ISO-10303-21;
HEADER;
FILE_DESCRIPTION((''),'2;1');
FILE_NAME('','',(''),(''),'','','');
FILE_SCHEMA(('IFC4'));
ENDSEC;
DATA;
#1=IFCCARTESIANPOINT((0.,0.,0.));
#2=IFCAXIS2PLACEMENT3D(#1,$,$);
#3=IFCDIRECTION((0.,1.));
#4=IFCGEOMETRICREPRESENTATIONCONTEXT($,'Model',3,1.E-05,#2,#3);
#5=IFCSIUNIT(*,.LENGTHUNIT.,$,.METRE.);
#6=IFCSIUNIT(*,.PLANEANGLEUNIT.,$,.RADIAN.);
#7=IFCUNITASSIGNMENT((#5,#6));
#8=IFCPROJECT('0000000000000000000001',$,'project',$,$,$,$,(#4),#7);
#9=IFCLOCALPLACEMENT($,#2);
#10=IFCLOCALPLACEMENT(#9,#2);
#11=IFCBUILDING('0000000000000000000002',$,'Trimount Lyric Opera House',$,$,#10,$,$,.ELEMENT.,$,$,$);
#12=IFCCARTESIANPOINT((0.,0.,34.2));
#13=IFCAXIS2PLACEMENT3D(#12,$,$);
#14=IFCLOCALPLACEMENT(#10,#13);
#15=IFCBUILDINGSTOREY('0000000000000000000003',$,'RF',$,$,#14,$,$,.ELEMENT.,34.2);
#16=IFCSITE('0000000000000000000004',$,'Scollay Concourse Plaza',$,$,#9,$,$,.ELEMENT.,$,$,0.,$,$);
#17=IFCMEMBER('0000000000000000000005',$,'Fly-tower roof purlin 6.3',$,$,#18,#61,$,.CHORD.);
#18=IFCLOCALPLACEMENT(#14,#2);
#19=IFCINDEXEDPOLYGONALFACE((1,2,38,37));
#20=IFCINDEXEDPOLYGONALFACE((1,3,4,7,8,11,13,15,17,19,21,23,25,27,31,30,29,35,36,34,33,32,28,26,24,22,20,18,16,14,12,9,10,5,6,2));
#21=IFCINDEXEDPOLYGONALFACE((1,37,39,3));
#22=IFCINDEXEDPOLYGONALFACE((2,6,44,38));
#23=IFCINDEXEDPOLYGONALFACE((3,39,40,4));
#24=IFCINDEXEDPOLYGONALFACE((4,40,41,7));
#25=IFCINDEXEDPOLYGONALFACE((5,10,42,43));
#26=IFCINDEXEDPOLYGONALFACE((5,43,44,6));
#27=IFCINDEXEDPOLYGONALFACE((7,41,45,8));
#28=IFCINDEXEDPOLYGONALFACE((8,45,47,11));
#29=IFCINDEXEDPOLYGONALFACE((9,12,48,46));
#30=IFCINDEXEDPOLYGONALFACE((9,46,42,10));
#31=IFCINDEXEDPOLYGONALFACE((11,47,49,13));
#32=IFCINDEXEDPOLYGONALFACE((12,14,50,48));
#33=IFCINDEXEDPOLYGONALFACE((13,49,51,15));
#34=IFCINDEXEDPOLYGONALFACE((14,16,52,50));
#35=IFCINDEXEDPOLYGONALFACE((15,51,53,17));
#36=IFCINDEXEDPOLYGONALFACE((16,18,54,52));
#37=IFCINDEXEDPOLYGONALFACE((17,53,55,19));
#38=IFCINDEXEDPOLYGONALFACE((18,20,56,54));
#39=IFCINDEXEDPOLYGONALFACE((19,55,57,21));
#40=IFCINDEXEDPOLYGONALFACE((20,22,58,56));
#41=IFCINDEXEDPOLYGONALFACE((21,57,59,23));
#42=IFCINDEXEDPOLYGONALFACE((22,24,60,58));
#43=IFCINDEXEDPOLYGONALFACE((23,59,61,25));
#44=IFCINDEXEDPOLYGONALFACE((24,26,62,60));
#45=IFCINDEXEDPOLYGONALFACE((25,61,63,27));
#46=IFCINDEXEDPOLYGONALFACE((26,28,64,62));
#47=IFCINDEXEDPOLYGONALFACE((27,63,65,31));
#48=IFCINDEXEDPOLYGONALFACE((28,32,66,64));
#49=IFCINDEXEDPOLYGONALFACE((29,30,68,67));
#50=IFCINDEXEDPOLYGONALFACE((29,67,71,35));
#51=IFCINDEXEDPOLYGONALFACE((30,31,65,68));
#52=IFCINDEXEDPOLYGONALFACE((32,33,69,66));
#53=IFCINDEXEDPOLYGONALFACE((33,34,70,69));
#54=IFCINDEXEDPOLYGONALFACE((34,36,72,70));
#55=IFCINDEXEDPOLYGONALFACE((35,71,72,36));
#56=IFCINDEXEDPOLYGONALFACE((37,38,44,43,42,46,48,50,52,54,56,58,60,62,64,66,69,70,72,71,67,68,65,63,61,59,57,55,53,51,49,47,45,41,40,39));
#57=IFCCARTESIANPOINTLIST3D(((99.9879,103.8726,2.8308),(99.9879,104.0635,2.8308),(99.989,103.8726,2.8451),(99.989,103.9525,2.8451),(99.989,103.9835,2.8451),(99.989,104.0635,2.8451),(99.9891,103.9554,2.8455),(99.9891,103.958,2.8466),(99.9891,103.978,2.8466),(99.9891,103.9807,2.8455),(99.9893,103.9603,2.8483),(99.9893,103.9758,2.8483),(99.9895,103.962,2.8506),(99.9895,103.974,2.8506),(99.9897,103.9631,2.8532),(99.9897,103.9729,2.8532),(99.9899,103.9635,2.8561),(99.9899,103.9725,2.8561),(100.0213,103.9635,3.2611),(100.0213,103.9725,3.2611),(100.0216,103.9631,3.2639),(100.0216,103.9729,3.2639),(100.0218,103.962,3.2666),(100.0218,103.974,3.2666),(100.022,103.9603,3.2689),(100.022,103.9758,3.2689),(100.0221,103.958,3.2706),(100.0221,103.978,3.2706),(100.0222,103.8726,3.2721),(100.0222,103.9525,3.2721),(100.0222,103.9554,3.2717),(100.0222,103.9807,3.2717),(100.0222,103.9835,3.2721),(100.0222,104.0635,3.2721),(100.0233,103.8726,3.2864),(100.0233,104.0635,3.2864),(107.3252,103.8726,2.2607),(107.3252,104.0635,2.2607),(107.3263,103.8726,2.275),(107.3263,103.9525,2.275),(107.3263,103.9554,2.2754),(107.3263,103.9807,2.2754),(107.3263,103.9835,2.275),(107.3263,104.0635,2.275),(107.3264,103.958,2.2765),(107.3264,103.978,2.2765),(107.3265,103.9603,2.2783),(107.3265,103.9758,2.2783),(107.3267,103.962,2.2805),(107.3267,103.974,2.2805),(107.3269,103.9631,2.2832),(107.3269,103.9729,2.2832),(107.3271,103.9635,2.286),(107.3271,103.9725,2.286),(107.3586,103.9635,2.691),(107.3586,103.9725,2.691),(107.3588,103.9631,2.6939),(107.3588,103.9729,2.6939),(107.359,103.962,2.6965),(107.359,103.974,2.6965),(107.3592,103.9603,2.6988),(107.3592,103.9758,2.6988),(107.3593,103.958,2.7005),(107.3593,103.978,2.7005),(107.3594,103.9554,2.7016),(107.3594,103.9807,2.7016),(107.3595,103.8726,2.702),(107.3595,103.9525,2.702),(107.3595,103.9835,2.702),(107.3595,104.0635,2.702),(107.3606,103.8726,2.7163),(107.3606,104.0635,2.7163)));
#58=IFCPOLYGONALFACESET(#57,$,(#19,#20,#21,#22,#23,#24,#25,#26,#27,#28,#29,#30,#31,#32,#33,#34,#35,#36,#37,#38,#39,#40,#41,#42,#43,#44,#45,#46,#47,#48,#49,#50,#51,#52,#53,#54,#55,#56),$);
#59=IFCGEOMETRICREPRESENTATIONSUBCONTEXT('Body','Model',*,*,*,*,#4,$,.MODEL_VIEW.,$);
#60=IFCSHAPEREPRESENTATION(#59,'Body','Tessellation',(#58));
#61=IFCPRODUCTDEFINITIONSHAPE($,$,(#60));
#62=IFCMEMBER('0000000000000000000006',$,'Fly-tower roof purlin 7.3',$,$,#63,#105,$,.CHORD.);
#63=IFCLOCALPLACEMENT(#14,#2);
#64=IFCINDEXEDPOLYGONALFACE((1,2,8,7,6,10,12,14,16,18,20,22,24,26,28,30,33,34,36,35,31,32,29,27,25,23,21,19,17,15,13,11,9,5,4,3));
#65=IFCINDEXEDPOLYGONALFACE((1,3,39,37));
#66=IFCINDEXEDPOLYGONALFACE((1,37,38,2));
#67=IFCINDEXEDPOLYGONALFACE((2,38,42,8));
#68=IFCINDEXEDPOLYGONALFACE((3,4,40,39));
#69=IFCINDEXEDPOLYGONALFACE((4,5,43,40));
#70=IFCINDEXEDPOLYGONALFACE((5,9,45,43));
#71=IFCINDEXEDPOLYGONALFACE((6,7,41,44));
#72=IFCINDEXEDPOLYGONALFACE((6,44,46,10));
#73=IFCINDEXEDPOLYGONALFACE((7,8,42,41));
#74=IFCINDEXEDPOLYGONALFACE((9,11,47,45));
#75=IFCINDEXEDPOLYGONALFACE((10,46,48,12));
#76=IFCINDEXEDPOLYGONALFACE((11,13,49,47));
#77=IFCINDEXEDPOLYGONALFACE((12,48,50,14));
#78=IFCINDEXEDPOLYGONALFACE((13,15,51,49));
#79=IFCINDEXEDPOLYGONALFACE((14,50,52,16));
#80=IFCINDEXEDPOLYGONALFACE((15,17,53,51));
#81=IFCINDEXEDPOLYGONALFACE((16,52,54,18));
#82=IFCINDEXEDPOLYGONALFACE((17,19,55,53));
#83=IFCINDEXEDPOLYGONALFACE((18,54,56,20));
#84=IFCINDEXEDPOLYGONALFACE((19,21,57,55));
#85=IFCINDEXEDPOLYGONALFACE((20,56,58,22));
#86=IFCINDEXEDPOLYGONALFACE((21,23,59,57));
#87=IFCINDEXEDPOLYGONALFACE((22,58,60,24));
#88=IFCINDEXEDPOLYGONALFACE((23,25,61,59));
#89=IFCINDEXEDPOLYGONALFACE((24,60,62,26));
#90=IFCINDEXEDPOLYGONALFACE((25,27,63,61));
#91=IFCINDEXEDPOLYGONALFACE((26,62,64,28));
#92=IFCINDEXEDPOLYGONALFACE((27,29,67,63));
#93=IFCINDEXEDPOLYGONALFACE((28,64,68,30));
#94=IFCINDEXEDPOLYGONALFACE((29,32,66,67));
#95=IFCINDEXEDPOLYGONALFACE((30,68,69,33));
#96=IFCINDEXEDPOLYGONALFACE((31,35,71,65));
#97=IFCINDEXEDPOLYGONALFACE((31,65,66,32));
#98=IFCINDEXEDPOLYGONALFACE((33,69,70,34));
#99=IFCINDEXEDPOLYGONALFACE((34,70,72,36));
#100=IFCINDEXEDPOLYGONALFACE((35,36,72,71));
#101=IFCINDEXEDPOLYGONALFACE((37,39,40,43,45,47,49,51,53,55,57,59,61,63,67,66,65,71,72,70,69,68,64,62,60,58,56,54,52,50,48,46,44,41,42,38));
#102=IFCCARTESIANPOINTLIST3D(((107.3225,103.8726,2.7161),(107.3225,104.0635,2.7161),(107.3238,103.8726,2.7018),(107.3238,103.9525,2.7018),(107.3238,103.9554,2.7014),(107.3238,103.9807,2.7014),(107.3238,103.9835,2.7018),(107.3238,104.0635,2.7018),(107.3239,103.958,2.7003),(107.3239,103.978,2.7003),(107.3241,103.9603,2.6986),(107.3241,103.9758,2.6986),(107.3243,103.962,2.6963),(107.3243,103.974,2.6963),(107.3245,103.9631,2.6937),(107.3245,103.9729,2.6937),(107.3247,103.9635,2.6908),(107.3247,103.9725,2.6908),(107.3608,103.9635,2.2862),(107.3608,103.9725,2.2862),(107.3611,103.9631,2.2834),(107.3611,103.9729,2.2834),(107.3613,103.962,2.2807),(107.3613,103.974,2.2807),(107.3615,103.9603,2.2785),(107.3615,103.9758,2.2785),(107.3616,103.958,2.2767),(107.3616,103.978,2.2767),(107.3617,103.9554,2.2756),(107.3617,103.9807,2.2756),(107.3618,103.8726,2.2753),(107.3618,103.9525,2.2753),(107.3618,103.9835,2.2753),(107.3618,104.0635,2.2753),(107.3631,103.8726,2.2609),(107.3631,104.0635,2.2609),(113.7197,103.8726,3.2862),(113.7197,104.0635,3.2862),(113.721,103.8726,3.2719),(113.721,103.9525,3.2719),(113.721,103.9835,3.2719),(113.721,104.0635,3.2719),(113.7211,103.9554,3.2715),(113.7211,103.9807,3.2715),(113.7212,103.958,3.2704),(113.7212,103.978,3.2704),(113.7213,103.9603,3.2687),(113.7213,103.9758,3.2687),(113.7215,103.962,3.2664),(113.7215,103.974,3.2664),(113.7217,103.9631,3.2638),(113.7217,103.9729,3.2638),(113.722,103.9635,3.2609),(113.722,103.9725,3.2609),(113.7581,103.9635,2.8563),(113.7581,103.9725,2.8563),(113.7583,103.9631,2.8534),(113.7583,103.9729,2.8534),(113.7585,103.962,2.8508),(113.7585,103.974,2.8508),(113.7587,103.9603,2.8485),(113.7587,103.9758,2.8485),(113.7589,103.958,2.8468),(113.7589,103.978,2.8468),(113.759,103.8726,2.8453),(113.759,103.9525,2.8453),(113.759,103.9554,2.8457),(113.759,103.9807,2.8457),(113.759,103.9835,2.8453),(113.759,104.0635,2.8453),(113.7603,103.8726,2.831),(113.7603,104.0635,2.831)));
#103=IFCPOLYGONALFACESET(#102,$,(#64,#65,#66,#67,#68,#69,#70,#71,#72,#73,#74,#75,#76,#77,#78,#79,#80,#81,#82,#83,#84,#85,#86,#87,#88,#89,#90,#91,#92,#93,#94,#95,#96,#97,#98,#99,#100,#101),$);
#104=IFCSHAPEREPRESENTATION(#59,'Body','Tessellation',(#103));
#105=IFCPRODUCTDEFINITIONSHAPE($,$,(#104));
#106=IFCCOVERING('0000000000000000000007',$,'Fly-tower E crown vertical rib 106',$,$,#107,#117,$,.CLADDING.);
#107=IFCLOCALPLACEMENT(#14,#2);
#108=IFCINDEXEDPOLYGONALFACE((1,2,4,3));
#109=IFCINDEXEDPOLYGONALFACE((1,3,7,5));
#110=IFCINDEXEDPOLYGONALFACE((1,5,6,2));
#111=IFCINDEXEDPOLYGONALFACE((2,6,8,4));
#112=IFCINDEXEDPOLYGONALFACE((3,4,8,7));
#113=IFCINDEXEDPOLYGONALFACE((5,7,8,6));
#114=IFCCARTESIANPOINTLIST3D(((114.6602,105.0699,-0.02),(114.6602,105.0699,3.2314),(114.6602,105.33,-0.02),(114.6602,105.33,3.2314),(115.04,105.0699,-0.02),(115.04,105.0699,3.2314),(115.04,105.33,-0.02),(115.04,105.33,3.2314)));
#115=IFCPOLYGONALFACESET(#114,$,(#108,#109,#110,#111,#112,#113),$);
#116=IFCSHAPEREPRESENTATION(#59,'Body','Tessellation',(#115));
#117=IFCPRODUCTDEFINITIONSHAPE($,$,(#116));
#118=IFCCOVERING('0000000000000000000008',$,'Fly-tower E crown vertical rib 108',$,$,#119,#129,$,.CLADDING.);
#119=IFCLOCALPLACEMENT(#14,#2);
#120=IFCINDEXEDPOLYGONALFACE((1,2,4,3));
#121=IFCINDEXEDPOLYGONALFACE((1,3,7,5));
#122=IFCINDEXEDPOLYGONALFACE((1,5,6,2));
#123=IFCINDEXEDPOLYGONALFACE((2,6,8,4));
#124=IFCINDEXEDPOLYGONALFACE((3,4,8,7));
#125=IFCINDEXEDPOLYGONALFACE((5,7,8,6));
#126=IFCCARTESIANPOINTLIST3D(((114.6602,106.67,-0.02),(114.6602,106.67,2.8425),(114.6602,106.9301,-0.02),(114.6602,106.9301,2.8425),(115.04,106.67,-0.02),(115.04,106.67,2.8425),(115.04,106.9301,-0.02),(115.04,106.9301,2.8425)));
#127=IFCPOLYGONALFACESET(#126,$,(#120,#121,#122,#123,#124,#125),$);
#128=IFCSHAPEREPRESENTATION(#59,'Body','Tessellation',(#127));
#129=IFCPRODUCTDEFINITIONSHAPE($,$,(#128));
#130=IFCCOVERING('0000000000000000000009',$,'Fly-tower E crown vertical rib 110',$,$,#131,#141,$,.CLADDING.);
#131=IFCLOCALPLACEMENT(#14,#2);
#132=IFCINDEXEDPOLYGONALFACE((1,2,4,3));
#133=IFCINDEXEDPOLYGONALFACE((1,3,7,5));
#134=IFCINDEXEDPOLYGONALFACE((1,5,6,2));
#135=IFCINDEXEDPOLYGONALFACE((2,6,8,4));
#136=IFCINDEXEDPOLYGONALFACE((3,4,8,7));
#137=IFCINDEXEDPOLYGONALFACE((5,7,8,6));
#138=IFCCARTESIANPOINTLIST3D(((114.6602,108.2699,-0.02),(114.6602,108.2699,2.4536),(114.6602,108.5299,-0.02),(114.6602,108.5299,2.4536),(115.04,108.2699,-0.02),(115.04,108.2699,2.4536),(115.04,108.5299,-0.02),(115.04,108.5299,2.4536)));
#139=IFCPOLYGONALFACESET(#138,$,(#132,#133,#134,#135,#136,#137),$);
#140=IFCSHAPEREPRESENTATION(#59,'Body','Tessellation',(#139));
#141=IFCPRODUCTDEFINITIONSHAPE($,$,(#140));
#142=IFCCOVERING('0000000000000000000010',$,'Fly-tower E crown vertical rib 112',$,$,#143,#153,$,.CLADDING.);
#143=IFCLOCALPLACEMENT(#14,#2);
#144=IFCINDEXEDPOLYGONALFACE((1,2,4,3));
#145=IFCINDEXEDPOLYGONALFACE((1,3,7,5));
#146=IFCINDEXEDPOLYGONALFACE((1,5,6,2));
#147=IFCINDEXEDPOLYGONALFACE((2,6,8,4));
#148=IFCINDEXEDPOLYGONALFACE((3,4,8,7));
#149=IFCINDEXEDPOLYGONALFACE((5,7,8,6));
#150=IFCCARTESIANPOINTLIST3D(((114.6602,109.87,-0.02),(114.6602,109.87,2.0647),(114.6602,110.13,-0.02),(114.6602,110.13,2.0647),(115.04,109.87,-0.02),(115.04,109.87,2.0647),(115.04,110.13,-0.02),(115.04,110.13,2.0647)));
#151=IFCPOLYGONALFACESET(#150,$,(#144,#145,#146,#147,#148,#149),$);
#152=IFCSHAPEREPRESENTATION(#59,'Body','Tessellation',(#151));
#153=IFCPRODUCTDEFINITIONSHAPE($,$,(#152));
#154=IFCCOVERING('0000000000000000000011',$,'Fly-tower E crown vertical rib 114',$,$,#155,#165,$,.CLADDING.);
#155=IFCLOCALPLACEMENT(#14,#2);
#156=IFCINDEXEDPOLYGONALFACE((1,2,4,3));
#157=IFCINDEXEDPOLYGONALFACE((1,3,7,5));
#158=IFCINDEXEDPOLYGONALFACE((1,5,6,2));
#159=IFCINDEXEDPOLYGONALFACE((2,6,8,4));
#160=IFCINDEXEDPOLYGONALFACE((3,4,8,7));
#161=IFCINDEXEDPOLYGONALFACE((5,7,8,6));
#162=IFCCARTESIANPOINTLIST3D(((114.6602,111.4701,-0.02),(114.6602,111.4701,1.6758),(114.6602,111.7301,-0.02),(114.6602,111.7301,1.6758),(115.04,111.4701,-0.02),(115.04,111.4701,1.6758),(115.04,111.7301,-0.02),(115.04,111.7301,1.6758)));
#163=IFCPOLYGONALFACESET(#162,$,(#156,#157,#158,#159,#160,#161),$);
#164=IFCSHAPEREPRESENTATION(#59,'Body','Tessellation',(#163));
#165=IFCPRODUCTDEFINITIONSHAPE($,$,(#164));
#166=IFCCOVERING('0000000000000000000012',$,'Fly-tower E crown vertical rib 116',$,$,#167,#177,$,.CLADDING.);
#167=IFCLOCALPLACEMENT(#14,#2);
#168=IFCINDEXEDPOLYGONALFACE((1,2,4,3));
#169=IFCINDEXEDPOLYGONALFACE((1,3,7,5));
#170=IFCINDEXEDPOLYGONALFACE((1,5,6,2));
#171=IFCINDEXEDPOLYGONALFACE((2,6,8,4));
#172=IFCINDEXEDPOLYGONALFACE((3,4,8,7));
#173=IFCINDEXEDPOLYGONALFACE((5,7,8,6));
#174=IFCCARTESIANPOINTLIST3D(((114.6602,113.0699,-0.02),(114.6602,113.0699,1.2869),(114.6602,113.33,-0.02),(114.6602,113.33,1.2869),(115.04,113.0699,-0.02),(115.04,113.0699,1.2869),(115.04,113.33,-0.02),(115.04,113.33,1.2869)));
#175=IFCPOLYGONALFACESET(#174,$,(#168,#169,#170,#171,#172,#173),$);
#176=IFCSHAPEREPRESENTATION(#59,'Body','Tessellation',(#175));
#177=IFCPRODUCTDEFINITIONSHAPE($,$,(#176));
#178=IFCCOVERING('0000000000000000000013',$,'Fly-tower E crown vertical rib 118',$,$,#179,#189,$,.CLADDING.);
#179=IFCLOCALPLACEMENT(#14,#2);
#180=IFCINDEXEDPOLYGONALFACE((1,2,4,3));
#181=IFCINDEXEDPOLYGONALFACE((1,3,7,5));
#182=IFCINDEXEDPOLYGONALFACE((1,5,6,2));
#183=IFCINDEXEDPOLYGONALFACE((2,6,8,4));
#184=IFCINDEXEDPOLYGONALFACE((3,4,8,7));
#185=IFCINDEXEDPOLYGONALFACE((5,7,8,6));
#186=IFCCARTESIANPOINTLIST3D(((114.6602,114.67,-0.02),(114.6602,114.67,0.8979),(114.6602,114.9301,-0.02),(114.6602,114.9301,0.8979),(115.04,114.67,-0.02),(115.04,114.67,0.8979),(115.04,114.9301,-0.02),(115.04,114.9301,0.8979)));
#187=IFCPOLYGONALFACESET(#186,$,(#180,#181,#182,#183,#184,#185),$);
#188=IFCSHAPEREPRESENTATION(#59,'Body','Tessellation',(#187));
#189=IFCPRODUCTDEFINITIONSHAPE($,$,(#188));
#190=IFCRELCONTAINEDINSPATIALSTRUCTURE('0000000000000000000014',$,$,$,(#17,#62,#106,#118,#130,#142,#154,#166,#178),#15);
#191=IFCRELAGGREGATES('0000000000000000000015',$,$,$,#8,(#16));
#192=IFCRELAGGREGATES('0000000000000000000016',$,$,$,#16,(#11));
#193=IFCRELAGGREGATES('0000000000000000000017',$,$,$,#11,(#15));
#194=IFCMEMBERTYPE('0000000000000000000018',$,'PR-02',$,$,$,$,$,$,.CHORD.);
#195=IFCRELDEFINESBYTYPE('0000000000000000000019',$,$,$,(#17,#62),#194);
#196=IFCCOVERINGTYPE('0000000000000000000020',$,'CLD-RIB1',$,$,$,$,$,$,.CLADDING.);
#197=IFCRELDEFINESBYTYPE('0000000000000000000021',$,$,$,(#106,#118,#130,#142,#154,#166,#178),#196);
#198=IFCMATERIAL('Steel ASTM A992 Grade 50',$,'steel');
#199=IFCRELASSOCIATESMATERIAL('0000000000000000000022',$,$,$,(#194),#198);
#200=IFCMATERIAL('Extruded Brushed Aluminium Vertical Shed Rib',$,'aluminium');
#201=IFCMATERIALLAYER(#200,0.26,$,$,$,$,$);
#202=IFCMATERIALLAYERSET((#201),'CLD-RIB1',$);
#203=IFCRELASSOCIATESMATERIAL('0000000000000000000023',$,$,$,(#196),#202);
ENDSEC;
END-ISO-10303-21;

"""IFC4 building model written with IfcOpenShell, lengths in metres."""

from ifc_helpers import new_model, si_unit, direction, frame, origin, origin_2d, place, context, subcontext, project, spatial, rectangle, i_section, extrude, material, layer, layer_set, material_profile, profile_set, type_object, element, save


model = new_model("IFC4")

# Units and contexts
model_context = context("Model", 3, precision=1e-05, world=origin(), true_north=direction((0.0, 1.0)))
body_context = subcontext(model_context, "Body", "Model", "MODEL_VIEW")
ifc_project = project(units=[si_unit("LENGTHUNIT", "METRE"), si_unit("PLANEANGLEUNIT", "RADIAN")], contexts=[model_context])

# Site, building, storey
site_placement = place(None, origin())
site = spatial("IfcSite", under=ifc_project, at=site_placement, Name="Scollay Concourse Plaza", CompositionType="ELEMENT", RefElevation=0.0)
building_placement = place(site_placement, origin())
building = spatial("IfcBuilding", under=site, at=building_placement, Name="Trimount Lyric Opera House", CompositionType="ELEMENT")
storey_placement = place(building_placement, frame((0.0, 0.0, 34.2)))
storey = spatial("IfcBuildingStorey", under=building, at=storey_placement, Name="RF", CompositionType="ELEMENT", Elevation=34.2)

# Members
ifc_material_1 = material(Name="Steel ASTM A992 Grade 50", Category="steel")
ifc_material_profile_1 = material_profile(ifc_material_1, i_section(OverallWidth=0.1909, OverallDepth=0.457, WebThickness=0.009, FlangeThickness=0.0144, FilletRadius=0.011, at=origin_2d()), Name="W18X50")
ifc_profile_set_1 = profile_set([ifc_material_profile_1], Name="Steel ASTM A992 Grade 50")
member_type_1 = type_object("IfcMemberType", Name="PR-02", PredefinedType="CHORD", material=ifc_profile_set_1)
for number, where, z_axis, x_axis, name in (
    (1, (100.0056, 103.968, 3.0586), (0.996995, 0.0, -0.077463), (0.0, 1.0, 0.0), "Fly-tower roof purlin 6.3"),
):
    element("IfcMember", number, at=place(storey_placement, frame(where, z_axis=z_axis, x_axis=x_axis)), inside=storey, type_object=member_type_1, Name=name, PredefinedType="CHORD", context=body_context, shape_type="SweptSolid", body=[
        extrude(i_section(OverallWidth=0.1909, OverallDepth=0.457, WebThickness=0.009, FlangeThickness=0.0144, FilletRadius=0.011, at=origin_2d()), origin(), (0.0, 0.0, 1.0), 7.3594),
    ])
member_1_placement = place(storey_placement, frame((107.3428, 103.968, 2.4885), z_axis=(0.996053, 0.0, 0.08876), x_axis=(0.0, 1.0, 0.0)))
element("IfcMember", 2, at=member_1_placement, inside=storey, type_object=member_type_1, Name="Fly-tower roof purlin 7.3", PredefinedType="CHORD", context=body_context, shape_type="SweptSolid", body=[
    extrude(i_section(OverallWidth=0.1909, OverallDepth=0.457, WebThickness=0.009, FlangeThickness=0.0144, FilletRadius=0.011, at=origin_2d()), origin(), (0.0, 0.0, 1.0), 6.4226),
])

# Coverings
ifc_material_2 = material(Name="Extruded Brushed Aluminium Vertical Shed Rib", Category="aluminium")
ifc_layer_1 = layer(ifc_material_2, 0.26)
ifc_layer_set_1 = layer_set([ifc_layer_1], Name="CLD-RIB1")
covering_type_1 = type_object("IfcCoveringType", Name="CLD-RIB1", PredefinedType="CLADDING", material=ifc_layer_set_1)
covering_1_placement = place(storey_placement, frame((114.8501, 105.2, -0.02), z_axis=(0.0, 0.0, 1.0), x_axis=(1.0, 0.0, 0.0)))
element("IfcCovering", 3, at=covering_1_placement, inside=storey, type_object=covering_type_1, Name="Fly-tower E crown vertical rib 106", PredefinedType="CLADDING", context=body_context, shape_type="SweptSolid", body=[
    extrude(rectangle(XDim=0.3799, YDim=0.26, at=origin_2d()), origin(), (0.0, 0.0, 1.0), 3.2515),
])
covering_2_placement = place(storey_placement, frame((114.8501, 106.8, -0.02), z_axis=(0.0, 0.0, 1.0), x_axis=(1.0, 0.0, 0.0)))
element("IfcCovering", 4, at=covering_2_placement, inside=storey, type_object=covering_type_1, Name="Fly-tower E crown vertical rib 108", PredefinedType="CLADDING", context=body_context, shape_type="SweptSolid", body=[
    extrude(rectangle(XDim=0.3799, YDim=0.26, at=origin_2d()), origin(), (0.0, 0.0, 1.0), 2.8625),
])
covering_3_placement = place(storey_placement, frame((114.8501, 108.3999, -0.02), z_axis=(0.0, 0.0, 1.0), x_axis=(1.0, 0.0, 0.0)))
element("IfcCovering", 5, at=covering_3_placement, inside=storey, type_object=covering_type_1, Name="Fly-tower E crown vertical rib 110", PredefinedType="CLADDING", context=body_context, shape_type="SweptSolid", body=[
    extrude(rectangle(XDim=0.3799, YDim=0.26, at=origin_2d()), origin(), (0.0, 0.0, 1.0), 2.4736),
])
covering_4_placement = place(storey_placement, frame((114.8501, 110.0, -0.02), z_axis=(0.0, 0.0, 1.0), x_axis=(1.0, 0.0, 0.0)))
element("IfcCovering", 6, at=covering_4_placement, inside=storey, type_object=covering_type_1, Name="Fly-tower E crown vertical rib 112", PredefinedType="CLADDING", context=body_context, shape_type="SweptSolid", body=[
    extrude(rectangle(XDim=0.3799, YDim=0.26, at=origin_2d()), origin(), (0.0, 0.0, 1.0), 2.0847),
])
covering_5_placement = place(storey_placement, frame((114.8501, 111.6001, -0.02), z_axis=(0.0, 0.0, 1.0), x_axis=(1.0, 0.0, 0.0)))
element("IfcCovering", 7, at=covering_5_placement, inside=storey, type_object=covering_type_1, Name="Fly-tower E crown vertical rib 114", PredefinedType="CLADDING", context=body_context, shape_type="SweptSolid", body=[
    extrude(rectangle(XDim=0.3799, YDim=0.26, at=origin_2d()), origin(), (0.0, 0.0, 1.0), 1.6958),
])
covering_6_placement = place(storey_placement, frame((114.8501, 113.2, -0.02), z_axis=(0.0, 0.0, 1.0), x_axis=(1.0, 0.0, 0.0)))
element("IfcCovering", 8, at=covering_6_placement, inside=storey, type_object=covering_type_1, Name="Fly-tower E crown vertical rib 116", PredefinedType="CLADDING", context=body_context, shape_type="SweptSolid", body=[
    extrude(rectangle(XDim=0.3799, YDim=0.26, at=origin_2d()), origin(), (0.0, 0.0, 1.0), 1.3069),
])
covering_7_placement = place(storey_placement, frame((114.8501, 114.8, -0.02), z_axis=(0.0, 0.0, 1.0), x_axis=(1.0, 0.0, 0.0)))
element("IfcCovering", 9, at=covering_7_placement, inside=storey, type_object=covering_type_1, Name="Fly-tower E crown vertical rib 118", PredefinedType="CLADDING", context=body_context, shape_type="SweptSolid", body=[
    extrude(rectangle(XDim=0.3799, YDim=0.26, at=origin_2d()), origin(), (0.0, 0.0, 1.0), 0.918),
])

save(model, "model.ifc")
